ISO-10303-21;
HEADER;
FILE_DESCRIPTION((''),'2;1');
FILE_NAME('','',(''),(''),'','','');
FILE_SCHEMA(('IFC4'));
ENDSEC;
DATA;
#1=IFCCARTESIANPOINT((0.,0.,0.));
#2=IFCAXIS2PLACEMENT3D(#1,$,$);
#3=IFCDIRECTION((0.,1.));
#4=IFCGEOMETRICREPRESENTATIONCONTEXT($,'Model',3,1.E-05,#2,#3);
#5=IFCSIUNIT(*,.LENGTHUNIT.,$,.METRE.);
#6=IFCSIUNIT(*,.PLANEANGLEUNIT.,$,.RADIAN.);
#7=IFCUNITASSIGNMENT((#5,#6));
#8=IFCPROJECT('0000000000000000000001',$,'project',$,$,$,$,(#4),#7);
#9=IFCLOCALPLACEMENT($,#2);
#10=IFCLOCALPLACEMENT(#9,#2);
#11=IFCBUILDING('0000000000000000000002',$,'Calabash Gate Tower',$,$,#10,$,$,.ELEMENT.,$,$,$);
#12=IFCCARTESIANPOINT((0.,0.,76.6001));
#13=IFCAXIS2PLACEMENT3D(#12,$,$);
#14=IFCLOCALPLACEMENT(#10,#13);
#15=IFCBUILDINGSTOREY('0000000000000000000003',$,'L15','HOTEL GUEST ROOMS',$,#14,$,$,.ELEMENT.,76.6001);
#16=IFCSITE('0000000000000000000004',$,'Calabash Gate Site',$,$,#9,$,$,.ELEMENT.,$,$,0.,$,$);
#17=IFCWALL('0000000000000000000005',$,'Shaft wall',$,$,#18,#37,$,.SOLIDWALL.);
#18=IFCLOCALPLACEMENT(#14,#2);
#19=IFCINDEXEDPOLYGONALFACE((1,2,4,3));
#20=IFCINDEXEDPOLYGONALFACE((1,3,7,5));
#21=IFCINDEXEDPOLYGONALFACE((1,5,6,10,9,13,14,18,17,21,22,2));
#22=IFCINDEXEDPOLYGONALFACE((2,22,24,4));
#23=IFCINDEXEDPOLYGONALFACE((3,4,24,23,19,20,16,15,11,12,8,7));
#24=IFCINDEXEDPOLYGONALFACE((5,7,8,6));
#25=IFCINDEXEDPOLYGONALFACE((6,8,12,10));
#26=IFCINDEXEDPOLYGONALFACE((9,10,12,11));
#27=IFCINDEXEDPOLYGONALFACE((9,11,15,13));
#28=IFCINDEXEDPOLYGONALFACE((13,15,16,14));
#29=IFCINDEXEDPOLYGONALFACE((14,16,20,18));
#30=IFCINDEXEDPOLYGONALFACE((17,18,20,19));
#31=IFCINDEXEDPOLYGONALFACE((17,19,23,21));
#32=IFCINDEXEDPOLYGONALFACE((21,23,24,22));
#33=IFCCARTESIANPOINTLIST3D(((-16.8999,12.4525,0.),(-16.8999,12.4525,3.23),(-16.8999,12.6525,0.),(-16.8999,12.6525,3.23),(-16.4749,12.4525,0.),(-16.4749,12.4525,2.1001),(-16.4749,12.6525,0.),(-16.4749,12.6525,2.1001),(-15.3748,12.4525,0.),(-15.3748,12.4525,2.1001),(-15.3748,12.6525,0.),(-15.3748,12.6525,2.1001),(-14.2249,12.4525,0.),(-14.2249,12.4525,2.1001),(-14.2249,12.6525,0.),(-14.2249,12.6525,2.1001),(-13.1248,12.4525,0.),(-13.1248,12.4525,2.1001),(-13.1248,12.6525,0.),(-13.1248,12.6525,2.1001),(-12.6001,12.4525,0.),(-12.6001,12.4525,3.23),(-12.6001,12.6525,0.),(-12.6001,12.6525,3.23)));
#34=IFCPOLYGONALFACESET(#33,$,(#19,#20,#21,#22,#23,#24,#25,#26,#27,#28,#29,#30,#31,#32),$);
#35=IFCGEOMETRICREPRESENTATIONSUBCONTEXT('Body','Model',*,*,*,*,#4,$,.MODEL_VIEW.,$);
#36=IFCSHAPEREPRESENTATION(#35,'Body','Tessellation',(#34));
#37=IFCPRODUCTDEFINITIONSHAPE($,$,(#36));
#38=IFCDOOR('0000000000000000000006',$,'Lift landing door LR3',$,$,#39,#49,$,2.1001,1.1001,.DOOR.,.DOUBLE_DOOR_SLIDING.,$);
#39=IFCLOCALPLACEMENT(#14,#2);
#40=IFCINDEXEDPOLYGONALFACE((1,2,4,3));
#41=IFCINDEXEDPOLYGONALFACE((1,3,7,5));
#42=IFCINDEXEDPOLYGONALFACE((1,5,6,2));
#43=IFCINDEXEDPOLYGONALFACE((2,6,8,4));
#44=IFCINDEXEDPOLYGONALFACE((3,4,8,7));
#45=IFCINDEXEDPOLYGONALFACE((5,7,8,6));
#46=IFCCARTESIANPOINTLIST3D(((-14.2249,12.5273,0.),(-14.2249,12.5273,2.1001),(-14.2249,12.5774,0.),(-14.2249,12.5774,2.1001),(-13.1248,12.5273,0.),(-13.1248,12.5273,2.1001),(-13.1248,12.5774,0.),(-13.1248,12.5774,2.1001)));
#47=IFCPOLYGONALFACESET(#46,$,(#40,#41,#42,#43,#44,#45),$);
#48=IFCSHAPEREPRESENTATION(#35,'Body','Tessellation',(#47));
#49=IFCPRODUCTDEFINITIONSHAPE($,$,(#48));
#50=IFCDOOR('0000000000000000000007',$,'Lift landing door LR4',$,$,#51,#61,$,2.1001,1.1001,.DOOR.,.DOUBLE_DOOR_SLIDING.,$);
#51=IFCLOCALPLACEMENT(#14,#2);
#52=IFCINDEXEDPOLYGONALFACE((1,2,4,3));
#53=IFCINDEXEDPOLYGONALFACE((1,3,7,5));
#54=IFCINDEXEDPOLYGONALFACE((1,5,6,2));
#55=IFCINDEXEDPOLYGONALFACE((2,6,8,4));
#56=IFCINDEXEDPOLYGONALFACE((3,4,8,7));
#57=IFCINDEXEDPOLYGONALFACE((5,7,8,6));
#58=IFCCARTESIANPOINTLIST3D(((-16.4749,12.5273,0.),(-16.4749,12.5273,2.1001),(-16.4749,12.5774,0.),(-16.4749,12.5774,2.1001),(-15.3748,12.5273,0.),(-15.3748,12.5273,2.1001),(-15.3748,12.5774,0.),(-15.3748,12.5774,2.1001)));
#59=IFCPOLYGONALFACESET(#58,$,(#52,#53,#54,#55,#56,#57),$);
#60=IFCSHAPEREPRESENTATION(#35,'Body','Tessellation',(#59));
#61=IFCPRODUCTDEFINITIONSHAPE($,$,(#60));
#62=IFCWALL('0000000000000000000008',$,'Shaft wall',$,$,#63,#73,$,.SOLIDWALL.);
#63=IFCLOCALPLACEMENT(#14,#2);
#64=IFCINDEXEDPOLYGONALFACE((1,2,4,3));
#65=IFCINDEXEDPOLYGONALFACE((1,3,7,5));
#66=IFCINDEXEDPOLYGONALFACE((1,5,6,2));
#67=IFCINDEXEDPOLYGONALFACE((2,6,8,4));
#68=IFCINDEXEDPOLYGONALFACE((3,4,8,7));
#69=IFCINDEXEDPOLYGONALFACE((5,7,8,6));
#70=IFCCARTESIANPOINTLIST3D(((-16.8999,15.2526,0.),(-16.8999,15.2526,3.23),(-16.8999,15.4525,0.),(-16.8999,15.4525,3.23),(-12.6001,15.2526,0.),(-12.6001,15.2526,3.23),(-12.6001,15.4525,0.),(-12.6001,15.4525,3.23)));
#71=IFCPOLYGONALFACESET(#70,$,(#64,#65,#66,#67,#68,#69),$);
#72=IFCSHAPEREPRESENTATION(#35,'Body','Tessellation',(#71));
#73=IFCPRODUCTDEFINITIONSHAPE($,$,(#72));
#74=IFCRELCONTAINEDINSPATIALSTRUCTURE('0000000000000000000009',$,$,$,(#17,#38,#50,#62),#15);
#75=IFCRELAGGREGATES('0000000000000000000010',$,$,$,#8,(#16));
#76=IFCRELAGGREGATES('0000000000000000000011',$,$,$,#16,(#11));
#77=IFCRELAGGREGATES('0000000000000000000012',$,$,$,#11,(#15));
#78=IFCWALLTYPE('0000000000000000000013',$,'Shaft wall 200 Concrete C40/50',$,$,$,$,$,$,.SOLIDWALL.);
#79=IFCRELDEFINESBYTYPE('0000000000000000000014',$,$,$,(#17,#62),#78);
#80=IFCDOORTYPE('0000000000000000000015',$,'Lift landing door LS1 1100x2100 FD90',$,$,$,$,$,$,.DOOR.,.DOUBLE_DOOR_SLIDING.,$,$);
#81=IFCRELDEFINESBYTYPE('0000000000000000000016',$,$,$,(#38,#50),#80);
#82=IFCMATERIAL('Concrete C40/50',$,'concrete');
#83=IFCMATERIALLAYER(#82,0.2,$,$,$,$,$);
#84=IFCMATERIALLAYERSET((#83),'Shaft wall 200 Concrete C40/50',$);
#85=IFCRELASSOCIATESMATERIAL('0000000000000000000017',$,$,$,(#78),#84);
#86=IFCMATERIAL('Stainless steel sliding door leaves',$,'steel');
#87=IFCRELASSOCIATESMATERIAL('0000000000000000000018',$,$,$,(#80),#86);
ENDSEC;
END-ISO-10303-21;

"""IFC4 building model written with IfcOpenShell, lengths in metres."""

from ifc_helpers import new_model, si_unit, direction, frame, frame_2d, origin, place, context, subcontext, project, spatial, rectangle, extrude, material, layer, layer_set, type_object, element, fill, save


model = new_model("IFC4")

# Units and contexts
model_context = context("Model", 3, precision=1e-05, world=origin(), true_north=direction((0.0, 1.0)))
body_context = subcontext(model_context, "Body", "Model", "MODEL_VIEW")
ifc_project = project(units=[si_unit("LENGTHUNIT", "METRE"), si_unit("PLANEANGLEUNIT", "RADIAN")], contexts=[model_context])

# Site, building, storey
site_placement = place(None, origin())
site = spatial("IfcSite", under=ifc_project, at=site_placement, Name="Calabash Gate Site", CompositionType="ELEMENT", RefElevation=0.0)
building_placement = place(site_placement, origin())
building = spatial("IfcBuilding", under=site, at=building_placement, Name="Calabash Gate Tower", CompositionType="ELEMENT")
storey_placement = place(building_placement, frame((0.0, 0.0, 76.6001)))
storey = spatial("IfcBuildingStorey", under=building, at=storey_placement, Name="L15", Description="HOTEL GUEST ROOMS", CompositionType="ELEMENT", Elevation=76.6001)

# Wall, openings, doors
ifc_material_1 = material(Name="Concrete C40/50", Category="concrete")
ifc_layer_1 = layer(ifc_material_1, 0.2)
ifc_layer_set_1 = layer_set([ifc_layer_1], Name="Shaft wall 200 Concrete C40/50")
wall_type_1 = type_object("IfcWallType", Name="Shaft wall 200 Concrete C40/50", PredefinedType="SOLIDWALL", material=ifc_layer_set_1)
wall_1_placement = place(storey_placement, frame((-16.8999, 12.5525, 0.0), z_axis=(0.0, 0.0, 1.0), x_axis=(1.0, 0.0, 0.0)))
wall_1 = element("IfcWall", 1, at=wall_1_placement, inside=storey, type_object=wall_type_1, Name="Shaft wall", PredefinedType="SOLIDWALL", context=body_context, shape_type="SweptSolid", body=[
    extrude(rectangle(XDim=4.2998, YDim=0.2, at=frame_2d((2.1499, 0.0))), origin(), (0.0, 0.0, 1.0), 3.23),
])
opening_1_placement = place(wall_1_placement, frame((2.675, 0.0, 0.0)))
opening_1 = element("IfcOpeningElement", 2, at=opening_1_placement, cuts=wall_1, PredefinedType="OPENING", context=body_context, shape_type="SweptSolid", body=[
    extrude(rectangle(XDim=1.1001, YDim=2.1001, at=frame_2d((0.55, 1.05))), frame((0.0, 0.1099, 0.0), z_axis=(0.0, -1.0, 0.0), x_axis=(1.0, 0.0, 0.0)), (0.0, 0.0, 1.0), 0.22),
])
opening_2_placement = place(wall_1_placement, frame((0.425, 0.0, 0.0)))
opening_2 = element("IfcOpeningElement", 3, at=opening_2_placement, cuts=wall_1, PredefinedType="OPENING", context=body_context, shape_type="SweptSolid", body=[
    extrude(rectangle(XDim=1.1001, YDim=2.1001, at=frame_2d((0.55, 1.05))), frame((0.0, 0.1099, 0.0), z_axis=(0.0, -1.0, 0.0), x_axis=(1.0, 0.0, 0.0)), (0.0, 0.0, 1.0), 0.22),
])
ifc_material_2 = material(Name="Stainless steel sliding door leaves", Category="steel")
door_type = type_object("IfcDoorType", Name="Lift landing door LS1 1100x2100 FD90", OperationType="DOUBLE_DOOR_SLIDING", PredefinedType="DOOR", material=ifc_material_2)
door_1_placement = place(opening_1_placement, origin())
door_1 = element("IfcDoor", 4, at=door_1_placement, inside=storey, type_object=door_type, Name="Lift landing door LR3", OperationType="DOUBLE_DOOR_SLIDING", OverallHeight=2.1001, OverallWidth=1.1001, PredefinedType="DOOR", context=body_context, shape_type="SweptSolid", body=[
    extrude(rectangle(XDim=1.1001, YDim=2.1001, at=frame_2d((0.55, 1.05))), frame((0.0, 0.0249, 0.0), z_axis=(0.0, -1.0, 0.0), x_axis=(1.0, 0.0, 0.0)), (0.0, 0.0, 1.0), 0.05),
])
fill(opening_1, door_1)
door_2_placement = place(opening_2_placement, origin())
door_2 = element("IfcDoor", 5, at=door_2_placement, inside=storey, type_object=door_type, Name="Lift landing door LR4", OperationType="DOUBLE_DOOR_SLIDING", OverallHeight=2.1001, OverallWidth=1.1001, PredefinedType="DOOR", context=body_context, shape_type="SweptSolid", body=[
    extrude(rectangle(XDim=1.1001, YDim=2.1001, at=frame_2d((0.55, 1.05))), frame((0.0, 0.0249, 0.0), z_axis=(0.0, -1.0, 0.0), x_axis=(1.0, 0.0, 0.0)), (0.0, 0.0, 1.0), 0.05),
])
fill(opening_2, door_2)

# Wall
wall_2_placement = place(storey_placement, frame((-16.8999, 15.3525, 0.0), z_axis=(0.0, 0.0, 1.0), x_axis=(1.0, 0.0, 0.0)))
element("IfcWall", 6, at=wall_2_placement, inside=storey, type_object=wall_type_1, Name="Shaft wall", PredefinedType="SOLIDWALL", context=body_context, shape_type="SweptSolid", body=[
    extrude(rectangle(XDim=4.2998, YDim=0.2, at=frame_2d((2.1499, 0.0))), origin(), (0.0, 0.0, 1.0), 3.23),
])

save(model, "model.ifc")
